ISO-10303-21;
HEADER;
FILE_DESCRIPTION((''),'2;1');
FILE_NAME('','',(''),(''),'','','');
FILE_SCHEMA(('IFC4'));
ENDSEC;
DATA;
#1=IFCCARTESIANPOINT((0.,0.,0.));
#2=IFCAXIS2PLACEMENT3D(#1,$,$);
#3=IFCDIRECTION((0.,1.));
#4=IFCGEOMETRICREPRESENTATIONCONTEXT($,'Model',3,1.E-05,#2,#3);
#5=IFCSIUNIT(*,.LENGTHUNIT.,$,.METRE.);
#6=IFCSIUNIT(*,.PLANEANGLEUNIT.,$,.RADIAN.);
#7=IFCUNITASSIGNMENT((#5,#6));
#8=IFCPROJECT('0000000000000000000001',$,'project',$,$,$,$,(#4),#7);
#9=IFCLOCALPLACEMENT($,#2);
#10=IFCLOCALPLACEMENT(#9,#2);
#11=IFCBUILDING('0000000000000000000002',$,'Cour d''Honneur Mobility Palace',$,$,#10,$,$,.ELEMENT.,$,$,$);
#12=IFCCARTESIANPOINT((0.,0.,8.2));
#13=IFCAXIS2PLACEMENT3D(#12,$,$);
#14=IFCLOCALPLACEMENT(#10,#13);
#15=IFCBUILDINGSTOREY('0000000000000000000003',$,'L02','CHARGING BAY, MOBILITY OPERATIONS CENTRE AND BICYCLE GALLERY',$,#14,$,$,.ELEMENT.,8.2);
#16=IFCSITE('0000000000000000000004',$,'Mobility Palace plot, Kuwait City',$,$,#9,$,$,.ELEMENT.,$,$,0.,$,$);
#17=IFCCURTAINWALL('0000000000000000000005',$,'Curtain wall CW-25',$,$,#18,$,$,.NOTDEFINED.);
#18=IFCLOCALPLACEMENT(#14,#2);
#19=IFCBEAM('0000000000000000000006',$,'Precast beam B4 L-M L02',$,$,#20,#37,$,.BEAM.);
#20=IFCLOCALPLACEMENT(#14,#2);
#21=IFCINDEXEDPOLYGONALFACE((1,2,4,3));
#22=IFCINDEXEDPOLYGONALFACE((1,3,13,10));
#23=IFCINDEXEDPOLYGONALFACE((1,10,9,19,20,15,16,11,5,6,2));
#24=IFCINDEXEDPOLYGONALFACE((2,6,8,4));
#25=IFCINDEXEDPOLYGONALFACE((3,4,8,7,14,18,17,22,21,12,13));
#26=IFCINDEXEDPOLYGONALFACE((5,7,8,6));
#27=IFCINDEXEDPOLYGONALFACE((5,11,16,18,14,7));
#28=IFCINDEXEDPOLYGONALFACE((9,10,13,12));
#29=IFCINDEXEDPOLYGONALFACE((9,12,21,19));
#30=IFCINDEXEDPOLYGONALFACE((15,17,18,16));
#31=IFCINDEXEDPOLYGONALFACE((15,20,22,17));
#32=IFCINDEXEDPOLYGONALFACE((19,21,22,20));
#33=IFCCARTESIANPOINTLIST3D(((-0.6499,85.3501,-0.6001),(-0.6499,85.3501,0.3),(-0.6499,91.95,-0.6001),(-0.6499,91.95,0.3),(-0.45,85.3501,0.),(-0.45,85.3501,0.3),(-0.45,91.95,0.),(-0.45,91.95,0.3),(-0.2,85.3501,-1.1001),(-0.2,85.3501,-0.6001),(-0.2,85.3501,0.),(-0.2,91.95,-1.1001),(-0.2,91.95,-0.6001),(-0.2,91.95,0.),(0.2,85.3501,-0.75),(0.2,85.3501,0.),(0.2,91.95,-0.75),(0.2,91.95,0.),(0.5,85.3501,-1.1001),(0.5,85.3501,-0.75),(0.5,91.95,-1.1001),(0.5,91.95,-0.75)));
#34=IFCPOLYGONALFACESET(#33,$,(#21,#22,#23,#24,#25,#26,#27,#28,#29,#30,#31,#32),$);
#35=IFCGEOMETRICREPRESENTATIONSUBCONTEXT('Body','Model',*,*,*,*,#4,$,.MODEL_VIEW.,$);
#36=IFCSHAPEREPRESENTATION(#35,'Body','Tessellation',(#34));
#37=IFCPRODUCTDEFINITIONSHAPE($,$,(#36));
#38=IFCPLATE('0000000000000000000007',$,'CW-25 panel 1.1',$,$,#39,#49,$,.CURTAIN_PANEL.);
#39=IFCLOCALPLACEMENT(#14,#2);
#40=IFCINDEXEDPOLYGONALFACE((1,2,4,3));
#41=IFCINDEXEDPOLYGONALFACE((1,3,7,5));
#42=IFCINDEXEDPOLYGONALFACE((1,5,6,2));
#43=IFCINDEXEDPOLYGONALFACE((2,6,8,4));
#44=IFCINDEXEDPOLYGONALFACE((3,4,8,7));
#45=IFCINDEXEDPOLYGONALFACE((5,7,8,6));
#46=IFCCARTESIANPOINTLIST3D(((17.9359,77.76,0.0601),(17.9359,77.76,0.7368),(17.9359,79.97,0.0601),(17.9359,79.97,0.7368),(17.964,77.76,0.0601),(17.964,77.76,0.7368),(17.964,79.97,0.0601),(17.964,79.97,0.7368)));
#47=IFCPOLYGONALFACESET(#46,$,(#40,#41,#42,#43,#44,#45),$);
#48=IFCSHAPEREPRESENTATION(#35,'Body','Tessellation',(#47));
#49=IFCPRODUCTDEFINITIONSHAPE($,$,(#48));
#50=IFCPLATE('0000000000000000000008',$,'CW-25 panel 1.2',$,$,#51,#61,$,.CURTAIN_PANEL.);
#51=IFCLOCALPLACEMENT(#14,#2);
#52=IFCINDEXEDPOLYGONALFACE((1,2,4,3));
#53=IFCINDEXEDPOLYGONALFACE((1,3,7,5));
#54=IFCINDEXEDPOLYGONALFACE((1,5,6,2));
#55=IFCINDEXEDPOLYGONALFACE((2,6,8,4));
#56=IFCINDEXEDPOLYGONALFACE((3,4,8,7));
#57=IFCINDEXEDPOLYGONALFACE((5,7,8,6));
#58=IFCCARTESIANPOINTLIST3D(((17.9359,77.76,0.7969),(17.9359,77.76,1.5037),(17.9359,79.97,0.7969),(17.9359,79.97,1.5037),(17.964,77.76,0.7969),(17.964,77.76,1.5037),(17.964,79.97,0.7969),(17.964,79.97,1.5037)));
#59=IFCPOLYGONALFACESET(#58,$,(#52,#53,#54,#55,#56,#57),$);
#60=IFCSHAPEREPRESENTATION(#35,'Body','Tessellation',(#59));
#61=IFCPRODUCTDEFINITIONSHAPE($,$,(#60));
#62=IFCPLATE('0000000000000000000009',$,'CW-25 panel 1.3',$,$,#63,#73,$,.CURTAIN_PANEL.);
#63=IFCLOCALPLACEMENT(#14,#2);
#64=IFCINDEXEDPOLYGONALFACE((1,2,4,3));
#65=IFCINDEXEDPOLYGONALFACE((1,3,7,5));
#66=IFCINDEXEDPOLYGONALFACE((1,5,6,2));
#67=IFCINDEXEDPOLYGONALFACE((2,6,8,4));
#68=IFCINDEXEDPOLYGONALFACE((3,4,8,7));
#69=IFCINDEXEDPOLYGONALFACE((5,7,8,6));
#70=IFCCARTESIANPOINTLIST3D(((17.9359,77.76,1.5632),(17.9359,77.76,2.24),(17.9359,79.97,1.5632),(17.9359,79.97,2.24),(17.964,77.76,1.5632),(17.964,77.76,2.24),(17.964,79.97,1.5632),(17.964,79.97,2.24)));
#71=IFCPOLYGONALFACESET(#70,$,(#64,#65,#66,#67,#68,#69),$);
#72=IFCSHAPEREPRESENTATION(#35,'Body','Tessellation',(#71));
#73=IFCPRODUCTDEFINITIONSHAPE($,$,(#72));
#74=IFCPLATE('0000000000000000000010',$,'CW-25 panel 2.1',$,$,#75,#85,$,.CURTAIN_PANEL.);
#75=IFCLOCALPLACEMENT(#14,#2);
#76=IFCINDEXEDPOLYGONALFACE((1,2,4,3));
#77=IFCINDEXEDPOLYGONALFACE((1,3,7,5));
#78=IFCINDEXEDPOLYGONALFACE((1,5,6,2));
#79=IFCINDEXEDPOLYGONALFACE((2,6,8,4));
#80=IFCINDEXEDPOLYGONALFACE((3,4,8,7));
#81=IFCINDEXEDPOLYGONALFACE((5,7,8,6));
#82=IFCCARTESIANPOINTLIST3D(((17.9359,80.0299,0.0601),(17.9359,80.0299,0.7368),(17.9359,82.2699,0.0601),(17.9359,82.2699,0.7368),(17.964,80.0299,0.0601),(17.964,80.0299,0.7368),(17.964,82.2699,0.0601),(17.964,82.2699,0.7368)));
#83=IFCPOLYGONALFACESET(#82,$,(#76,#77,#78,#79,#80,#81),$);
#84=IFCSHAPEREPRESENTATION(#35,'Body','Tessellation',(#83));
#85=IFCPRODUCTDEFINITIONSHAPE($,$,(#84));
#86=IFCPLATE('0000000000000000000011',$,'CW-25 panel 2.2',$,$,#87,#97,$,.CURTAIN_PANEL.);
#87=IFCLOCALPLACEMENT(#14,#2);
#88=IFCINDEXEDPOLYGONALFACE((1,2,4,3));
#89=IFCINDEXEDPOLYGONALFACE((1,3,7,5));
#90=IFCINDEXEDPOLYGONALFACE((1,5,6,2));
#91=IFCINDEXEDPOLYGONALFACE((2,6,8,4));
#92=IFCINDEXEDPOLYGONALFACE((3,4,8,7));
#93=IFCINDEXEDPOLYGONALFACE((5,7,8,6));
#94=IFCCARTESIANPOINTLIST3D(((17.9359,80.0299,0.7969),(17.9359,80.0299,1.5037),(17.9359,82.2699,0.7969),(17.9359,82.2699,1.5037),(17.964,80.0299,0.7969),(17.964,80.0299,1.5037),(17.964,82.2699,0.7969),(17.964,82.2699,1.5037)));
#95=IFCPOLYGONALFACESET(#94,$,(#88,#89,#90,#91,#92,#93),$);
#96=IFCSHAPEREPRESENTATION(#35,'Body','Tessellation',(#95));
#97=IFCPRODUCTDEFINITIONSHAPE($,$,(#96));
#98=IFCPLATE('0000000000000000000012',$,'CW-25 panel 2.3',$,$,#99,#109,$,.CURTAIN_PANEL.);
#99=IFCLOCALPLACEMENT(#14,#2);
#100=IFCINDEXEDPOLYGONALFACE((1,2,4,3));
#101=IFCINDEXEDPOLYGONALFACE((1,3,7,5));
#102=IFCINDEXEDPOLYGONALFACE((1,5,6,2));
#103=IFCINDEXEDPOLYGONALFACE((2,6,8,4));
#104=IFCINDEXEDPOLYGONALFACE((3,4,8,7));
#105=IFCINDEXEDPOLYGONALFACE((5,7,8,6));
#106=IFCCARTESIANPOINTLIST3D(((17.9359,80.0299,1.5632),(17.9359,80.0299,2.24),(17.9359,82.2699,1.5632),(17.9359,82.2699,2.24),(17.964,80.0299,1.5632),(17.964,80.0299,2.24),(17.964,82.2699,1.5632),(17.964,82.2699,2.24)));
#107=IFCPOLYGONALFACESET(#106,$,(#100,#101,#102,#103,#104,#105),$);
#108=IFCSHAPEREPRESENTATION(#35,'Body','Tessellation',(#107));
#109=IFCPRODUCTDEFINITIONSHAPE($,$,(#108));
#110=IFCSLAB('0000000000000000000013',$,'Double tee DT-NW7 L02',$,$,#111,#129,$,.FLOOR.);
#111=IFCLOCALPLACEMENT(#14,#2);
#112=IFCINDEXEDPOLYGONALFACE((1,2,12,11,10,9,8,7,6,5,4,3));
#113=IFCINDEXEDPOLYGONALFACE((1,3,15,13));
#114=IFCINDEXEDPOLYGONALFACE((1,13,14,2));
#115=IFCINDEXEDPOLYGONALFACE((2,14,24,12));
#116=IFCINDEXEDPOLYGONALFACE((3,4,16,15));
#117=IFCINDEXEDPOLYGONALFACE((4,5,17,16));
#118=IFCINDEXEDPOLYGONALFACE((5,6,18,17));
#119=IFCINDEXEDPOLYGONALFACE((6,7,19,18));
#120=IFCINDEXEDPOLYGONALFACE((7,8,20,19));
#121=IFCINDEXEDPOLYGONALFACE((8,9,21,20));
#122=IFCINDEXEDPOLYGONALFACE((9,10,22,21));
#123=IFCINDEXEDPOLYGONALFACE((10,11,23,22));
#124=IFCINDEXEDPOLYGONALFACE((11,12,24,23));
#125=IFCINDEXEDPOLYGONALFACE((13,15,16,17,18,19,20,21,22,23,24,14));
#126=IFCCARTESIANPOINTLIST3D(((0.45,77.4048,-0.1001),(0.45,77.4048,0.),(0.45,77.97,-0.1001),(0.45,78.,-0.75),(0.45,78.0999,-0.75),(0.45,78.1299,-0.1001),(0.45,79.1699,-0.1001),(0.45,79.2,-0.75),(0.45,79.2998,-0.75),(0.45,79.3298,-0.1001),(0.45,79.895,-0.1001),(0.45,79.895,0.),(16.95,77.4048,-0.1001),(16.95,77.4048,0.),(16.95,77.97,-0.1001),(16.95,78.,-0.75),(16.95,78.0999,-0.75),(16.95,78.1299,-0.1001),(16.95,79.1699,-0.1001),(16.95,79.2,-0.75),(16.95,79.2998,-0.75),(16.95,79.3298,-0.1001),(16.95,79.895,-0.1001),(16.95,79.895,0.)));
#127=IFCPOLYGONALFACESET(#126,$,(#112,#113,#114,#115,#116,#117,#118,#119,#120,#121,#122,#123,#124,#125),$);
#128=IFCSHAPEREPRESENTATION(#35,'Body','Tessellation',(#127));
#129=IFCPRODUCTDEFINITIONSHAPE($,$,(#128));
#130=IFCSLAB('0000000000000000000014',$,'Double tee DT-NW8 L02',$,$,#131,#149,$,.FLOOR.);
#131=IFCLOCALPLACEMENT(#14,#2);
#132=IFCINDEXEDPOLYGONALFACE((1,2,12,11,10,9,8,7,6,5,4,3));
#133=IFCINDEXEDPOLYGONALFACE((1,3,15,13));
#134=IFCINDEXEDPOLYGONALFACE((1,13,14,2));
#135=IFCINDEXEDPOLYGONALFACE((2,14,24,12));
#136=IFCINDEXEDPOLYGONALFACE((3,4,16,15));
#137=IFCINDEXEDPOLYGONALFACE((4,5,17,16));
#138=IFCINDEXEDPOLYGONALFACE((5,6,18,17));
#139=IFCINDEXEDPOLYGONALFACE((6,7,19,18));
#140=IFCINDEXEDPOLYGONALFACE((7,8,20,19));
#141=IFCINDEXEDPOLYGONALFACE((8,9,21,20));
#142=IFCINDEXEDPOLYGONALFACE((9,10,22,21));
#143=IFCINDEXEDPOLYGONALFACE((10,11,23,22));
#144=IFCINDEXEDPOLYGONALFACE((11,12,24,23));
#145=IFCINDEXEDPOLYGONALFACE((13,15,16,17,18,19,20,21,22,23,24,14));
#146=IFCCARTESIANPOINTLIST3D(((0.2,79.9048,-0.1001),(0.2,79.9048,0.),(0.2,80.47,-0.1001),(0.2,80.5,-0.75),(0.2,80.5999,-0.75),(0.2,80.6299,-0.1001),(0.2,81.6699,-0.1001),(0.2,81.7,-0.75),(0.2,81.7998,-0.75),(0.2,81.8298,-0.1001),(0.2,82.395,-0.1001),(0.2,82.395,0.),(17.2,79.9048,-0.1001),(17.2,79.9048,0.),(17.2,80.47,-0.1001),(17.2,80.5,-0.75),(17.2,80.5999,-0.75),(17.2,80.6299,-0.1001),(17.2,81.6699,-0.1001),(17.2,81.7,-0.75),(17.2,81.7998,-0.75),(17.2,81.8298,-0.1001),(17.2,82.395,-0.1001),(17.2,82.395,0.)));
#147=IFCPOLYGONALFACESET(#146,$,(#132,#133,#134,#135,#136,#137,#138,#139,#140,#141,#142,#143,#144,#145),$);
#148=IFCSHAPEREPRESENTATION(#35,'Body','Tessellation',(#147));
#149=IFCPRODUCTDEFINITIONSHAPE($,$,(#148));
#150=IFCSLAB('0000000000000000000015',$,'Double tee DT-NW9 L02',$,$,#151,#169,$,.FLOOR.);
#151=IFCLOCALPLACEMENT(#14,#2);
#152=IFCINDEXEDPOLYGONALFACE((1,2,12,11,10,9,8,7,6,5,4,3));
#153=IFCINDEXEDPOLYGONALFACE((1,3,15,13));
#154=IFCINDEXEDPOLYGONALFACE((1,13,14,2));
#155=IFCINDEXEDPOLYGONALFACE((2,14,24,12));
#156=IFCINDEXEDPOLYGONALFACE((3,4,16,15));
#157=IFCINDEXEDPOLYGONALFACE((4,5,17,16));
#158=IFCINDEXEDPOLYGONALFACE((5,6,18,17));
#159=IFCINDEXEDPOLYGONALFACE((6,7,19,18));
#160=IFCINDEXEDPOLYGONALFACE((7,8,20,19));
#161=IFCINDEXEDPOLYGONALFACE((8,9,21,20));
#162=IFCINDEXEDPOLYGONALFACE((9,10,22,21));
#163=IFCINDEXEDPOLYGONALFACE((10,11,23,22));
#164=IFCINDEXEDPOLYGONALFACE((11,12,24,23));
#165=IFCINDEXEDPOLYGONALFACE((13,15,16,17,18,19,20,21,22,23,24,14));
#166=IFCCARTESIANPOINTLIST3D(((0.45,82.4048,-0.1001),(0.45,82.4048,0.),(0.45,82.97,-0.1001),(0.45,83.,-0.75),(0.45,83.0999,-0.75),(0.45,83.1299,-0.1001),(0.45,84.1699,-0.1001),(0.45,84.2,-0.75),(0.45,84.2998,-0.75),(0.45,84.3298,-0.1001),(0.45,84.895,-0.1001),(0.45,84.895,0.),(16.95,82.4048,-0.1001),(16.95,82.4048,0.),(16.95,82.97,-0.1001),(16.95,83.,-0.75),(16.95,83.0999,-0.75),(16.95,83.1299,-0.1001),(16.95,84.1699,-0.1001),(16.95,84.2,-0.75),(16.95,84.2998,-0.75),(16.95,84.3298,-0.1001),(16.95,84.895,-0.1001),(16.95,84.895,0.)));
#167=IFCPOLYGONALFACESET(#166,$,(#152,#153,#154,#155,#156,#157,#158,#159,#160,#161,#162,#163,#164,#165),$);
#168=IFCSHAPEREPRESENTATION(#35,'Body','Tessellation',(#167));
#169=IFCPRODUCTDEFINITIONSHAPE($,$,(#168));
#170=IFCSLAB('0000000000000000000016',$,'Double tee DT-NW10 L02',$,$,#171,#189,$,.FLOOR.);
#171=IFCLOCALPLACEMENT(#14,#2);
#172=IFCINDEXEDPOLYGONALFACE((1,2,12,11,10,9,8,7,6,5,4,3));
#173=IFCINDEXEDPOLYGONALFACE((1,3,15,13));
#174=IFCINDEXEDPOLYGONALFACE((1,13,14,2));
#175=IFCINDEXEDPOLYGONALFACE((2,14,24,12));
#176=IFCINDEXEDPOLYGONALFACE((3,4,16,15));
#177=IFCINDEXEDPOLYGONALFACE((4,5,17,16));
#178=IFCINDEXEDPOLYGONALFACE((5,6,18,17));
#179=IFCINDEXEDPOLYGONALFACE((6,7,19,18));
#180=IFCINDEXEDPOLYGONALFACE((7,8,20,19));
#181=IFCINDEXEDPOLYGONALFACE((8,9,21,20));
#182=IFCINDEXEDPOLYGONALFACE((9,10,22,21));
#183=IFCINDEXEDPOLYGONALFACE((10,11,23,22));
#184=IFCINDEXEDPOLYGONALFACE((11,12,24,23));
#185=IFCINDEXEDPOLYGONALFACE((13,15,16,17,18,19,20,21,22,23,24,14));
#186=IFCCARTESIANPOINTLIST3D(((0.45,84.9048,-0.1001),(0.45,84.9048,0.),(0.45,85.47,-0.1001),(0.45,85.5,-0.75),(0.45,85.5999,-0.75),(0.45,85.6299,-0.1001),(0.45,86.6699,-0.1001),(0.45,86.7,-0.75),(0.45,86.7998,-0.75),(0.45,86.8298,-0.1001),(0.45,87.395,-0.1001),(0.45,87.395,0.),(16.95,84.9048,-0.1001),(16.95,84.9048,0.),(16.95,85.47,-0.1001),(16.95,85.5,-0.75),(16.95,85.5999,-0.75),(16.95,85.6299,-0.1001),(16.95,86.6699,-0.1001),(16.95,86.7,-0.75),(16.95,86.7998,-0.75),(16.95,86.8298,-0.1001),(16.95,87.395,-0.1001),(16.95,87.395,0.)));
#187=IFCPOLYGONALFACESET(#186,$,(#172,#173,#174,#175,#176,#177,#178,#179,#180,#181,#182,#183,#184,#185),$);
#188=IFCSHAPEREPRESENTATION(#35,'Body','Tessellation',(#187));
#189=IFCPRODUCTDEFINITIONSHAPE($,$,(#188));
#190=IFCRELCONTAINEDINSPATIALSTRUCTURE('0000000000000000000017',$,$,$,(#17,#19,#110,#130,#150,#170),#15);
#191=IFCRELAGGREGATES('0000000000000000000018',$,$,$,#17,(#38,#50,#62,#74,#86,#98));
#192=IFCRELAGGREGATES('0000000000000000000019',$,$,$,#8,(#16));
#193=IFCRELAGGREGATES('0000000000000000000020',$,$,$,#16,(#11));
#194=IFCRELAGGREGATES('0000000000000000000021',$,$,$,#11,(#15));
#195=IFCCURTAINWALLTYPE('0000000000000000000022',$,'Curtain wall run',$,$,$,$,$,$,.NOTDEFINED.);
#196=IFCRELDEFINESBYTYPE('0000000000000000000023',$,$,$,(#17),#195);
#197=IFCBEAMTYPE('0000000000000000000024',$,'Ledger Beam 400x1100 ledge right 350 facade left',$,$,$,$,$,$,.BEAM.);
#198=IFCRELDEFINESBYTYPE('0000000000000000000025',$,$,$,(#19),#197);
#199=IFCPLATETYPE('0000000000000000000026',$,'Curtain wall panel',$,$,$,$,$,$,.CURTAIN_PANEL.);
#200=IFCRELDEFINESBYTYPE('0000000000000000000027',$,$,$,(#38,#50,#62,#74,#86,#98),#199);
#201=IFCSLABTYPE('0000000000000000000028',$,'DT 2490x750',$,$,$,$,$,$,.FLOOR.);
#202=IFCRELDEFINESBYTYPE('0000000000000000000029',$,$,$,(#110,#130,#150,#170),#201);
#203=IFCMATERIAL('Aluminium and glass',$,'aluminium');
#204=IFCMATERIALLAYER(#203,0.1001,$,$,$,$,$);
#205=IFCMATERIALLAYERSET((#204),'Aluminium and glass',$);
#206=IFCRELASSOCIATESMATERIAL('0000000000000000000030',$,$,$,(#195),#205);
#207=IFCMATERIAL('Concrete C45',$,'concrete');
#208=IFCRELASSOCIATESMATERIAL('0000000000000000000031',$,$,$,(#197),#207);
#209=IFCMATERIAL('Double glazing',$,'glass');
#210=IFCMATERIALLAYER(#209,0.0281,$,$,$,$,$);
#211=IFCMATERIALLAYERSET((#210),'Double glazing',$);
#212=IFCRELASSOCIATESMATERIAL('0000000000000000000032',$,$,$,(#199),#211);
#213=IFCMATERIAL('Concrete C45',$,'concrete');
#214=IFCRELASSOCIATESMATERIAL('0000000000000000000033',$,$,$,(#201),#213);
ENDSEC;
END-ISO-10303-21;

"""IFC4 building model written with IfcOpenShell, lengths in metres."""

from ifc_helpers import new_model, si_unit, direction, frame, origin, origin_2d, place, context, subcontext, project, spatial, polyline, rectangle, outline, extrude, material, layer, layer_set, material_profile, profile_set, type_object, element, aggregate, save


model = new_model("IFC4")

# Units and contexts
model_context = context("Model", 3, precision=1e-05, world=origin(), true_north=direction((0.0, 1.0)))
body_context = subcontext(model_context, "Body", "Model", "MODEL_VIEW")
ifc_project = project(units=[si_unit("LENGTHUNIT", "METRE"), si_unit("PLANEANGLEUNIT", "RADIAN")], contexts=[model_context])

# Site, building, storey
site_placement = place(None, origin())
site = spatial("IfcSite", under=ifc_project, at=site_placement, Name="Mobility Palace plot, Kuwait City", CompositionType="ELEMENT", RefElevation=0.0)
building_placement = place(site_placement, origin())
building = spatial("IfcBuilding", under=site, at=building_placement, Name="Cour d'Honneur Mobility Palace", CompositionType="ELEMENT")
storey_placement = place(building_placement, frame((0.0, 0.0, 8.2)))
storey = spatial("IfcBuildingStorey", under=building, at=storey_placement, Name="L02", Description="CHARGING BAY, MOBILITY OPERATIONS CENTRE AND BICYCLE GALLERY", CompositionType="ELEMENT", Elevation=8.2)

# Curtain wall
ifc_material_1 = material(Name="Aluminium and glass", Category="aluminium")
ifc_layer_1 = layer(ifc_material_1, 0.1001)
ifc_layer_set_1 = layer_set([ifc_layer_1], Name="Aluminium and glass")
curtain_wall_type = type_object("IfcCurtainWallType", Name="Curtain wall run", PredefinedType="NOTDEFINED", material=ifc_layer_set_1)
curtain_wall_placement = place(storey_placement, origin())
curtain_wall = element("IfcCurtainWall", 1, at=curtain_wall_placement, inside=storey, type_object=curtain_wall_type, Name="Curtain wall CW-25", PredefinedType="NOTDEFINED")

# Beam
ifc_material_2 = material(Name="Concrete C45", Category="concrete")
ifc_material_profile_1 = material_profile(ifc_material_2, outline(polyline([(0.2, -1.1001), (0.2, -0.6001), (0.6499, -0.6001), (0.6499, 0.3), (0.45, 0.3), (0.45, 0.0), (0.2, 0.0), (-0.2, 0.0), (-0.2, -0.75), (-0.5, -0.75), (-0.5, -1.1001), (0.2, -1.1001)])), Name="Ledger Beam 400x1100 ledge right 350 facade left")
ifc_profile_set_1 = profile_set([ifc_material_profile_1], Name="Concrete C45")
beam_type_1 = type_object("IfcBeamType", Name="Ledger Beam 400x1100 ledge right 350 facade left", PredefinedType="BEAM", material=ifc_profile_set_1)
beam_placement = place(storey_placement, frame((0.0, 85.3501, 0.0), z_axis=(0.0, 1.0, 0.0), x_axis=(-1.0, 0.0, 0.0)))
element("IfcBeam", 2, at=beam_placement, inside=storey, type_object=beam_type_1, Name="Precast beam B4 L-M L02", PredefinedType="BEAM", context=body_context, shape_type="SweptSolid", body=[
    extrude(outline(polyline([(0.2, -1.1001), (0.2, -0.6001), (0.6499, -0.6001), (0.6499, 0.3), (0.45, 0.3), (0.45, 0.0), (0.2, 0.0), (-0.2, 0.0), (-0.2, -0.75), (-0.5, -0.75), (-0.5, -1.1001), (0.2, -1.1001)])), origin(), (0.0, 0.0, 1.0), 6.5999),
])

# Plates
ifc_material_3 = material(Name="Double glazing", Category="glass")
ifc_layer_2 = layer(ifc_material_3, 0.0281)
ifc_layer_set_2 = layer_set([ifc_layer_2], Name="Double glazing")
plate_type = type_object("IfcPlateType", Name="Curtain wall panel", PredefinedType="CURTAIN_PANEL", material=ifc_layer_set_2)
plate_1_placement = place(storey_placement, frame((17.95, 78.865, 0.0601), z_axis=(0.0, 0.0, 1.0), x_axis=(0.0, 1.0, 0.0)))
plate_1 = element("IfcPlate", 3, at=plate_1_placement, type_object=plate_type, Name="CW-25 panel 1.1", PredefinedType="CURTAIN_PANEL", context=body_context, shape_type="SweptSolid", body=[
    extrude(rectangle(XDim=2.21, YDim=0.0281, at=origin_2d()), origin(), (0.0, 0.0, 1.0), 0.6768),
])
plate_2_placement = place(storey_placement, frame((17.95, 78.865, 0.7969), z_axis=(0.0, 0.0, 1.0), x_axis=(0.0, 1.0, 0.0)))
plate_2 = element("IfcPlate", 4, at=plate_2_placement, type_object=plate_type, Name="CW-25 panel 1.2", PredefinedType="CURTAIN_PANEL", context=body_context, shape_type="SweptSolid", body=[
    extrude(rectangle(XDim=2.21, YDim=0.0281, at=origin_2d()), origin(), (0.0, 0.0, 1.0), 0.7068),
])
plate_3_placement = place(storey_placement, frame((17.95, 78.865, 1.5632), z_axis=(0.0, 0.0, 1.0), x_axis=(0.0, 1.0, 0.0)))
plate_3 = element("IfcPlate", 5, at=plate_3_placement, type_object=plate_type, Name="CW-25 panel 1.3", PredefinedType="CURTAIN_PANEL", context=body_context, shape_type="SweptSolid", body=[
    extrude(rectangle(XDim=2.21, YDim=0.0281, at=origin_2d()), origin(), (0.0, 0.0, 1.0), 0.6768),
])
plate_4_placement = place(storey_placement, frame((17.95, 81.1499, 0.0601), z_axis=(0.0, 0.0, 1.0), x_axis=(0.0, 1.0, 0.0)))
plate_4 = element("IfcPlate", 6, at=plate_4_placement, type_object=plate_type, Name="CW-25 panel 2.1", PredefinedType="CURTAIN_PANEL", context=body_context, shape_type="SweptSolid", body=[
    extrude(rectangle(XDim=2.24, YDim=0.0281, at=origin_2d()), origin(), (0.0, 0.0, 1.0), 0.6768),
])
plate_5_placement = place(storey_placement, frame((17.95, 81.1499, 0.7969), z_axis=(0.0, 0.0, 1.0), x_axis=(0.0, 1.0, 0.0)))
plate_5 = element("IfcPlate", 7, at=plate_5_placement, type_object=plate_type, Name="CW-25 panel 2.2", PredefinedType="CURTAIN_PANEL", context=body_context, shape_type="SweptSolid", body=[
    extrude(rectangle(XDim=2.24, YDim=0.0281, at=origin_2d()), origin(), (0.0, 0.0, 1.0), 0.7068),
])
plate_6_placement = place(storey_placement, frame((17.95, 81.1499, 1.5632), z_axis=(0.0, 0.0, 1.0), x_axis=(0.0, 1.0, 0.0)))
plate_6 = element("IfcPlate", 8, at=plate_6_placement, type_object=plate_type, Name="CW-25 panel 2.3", PredefinedType="CURTAIN_PANEL", context=body_context, shape_type="SweptSolid", body=[
    extrude(rectangle(XDim=2.24, YDim=0.0281, at=origin_2d()), origin(), (0.0, 0.0, 1.0), 0.6768),
])
aggregate(curtain_wall, [plate_1, plate_2, plate_3, plate_4, plate_5, plate_6])

# Slabs
ifc_material_4 = material(Name="Concrete C45", Category="concrete")
ifc_material_profile_2 = material_profile(ifc_material_4, outline(polyline([(-1.2451, 0.0), (1.2451, 0.0), (1.2451, -0.1001), (0.6799, -0.1001), (0.6499, -0.75), (0.55, -0.75), (0.52, -0.1001), (-0.52, -0.1001), (-0.55, -0.75), (-0.6499, -0.75), (-0.6799, -0.1001), (-1.2451, -0.1001), (-1.2451, 0.0)])), Name="DT 2490x750")
ifc_profile_set_2 = profile_set([ifc_material_profile_2], Name="Concrete C45")
slab_type = type_object("IfcSlabType", Name="DT 2490x750", PredefinedType="FLOOR", material=ifc_profile_set_2)
slab_1_placement = place(storey_placement, frame((0.45, 78.6499, 0.0), z_axis=(1.0, 0.0, 0.0), x_axis=(0.0, 1.0, 0.0)))
element("IfcSlab", 9, at=slab_1_placement, inside=storey, type_object=slab_type, Name="Double tee DT-NW7 L02", PredefinedType="FLOOR", context=body_context, shape_type="SweptSolid", body=[
    extrude(outline(polyline([(-1.2451, 0.0), (1.2451, 0.0), (1.2451, -0.1001), (0.6799, -0.1001), (0.6499, -0.75), (0.55, -0.75), (0.52, -0.1001), (-0.52, -0.1001), (-0.55, -0.75), (-0.6499, -0.75), (-0.6799, -0.1001), (-1.2451, -0.1001), (-1.2451, 0.0)])), origin(), (0.0, 0.0, 1.0), 16.5),
])
slab_2_placement = place(storey_placement, frame((0.2, 81.1499, 0.0), z_axis=(1.0, 0.0, 0.0), x_axis=(0.0, 1.0, 0.0)))
element("IfcSlab", 10, at=slab_2_placement, inside=storey, type_object=slab_type, Name="Double tee DT-NW8 L02", PredefinedType="FLOOR", context=body_context, shape_type="SweptSolid", body=[
    extrude(outline(polyline([(-1.2451, 0.0), (1.2451, 0.0), (1.2451, -0.1001), (0.6799, -0.1001), (0.6499, -0.75), (0.55, -0.75), (0.52, -0.1001), (-0.52, -0.1001), (-0.55, -0.75), (-0.6499, -0.75), (-0.6799, -0.1001), (-1.2451, -0.1001), (-1.2451, 0.0)])), origin(), (0.0, 0.0, 1.0), 17.0),
])
for number, where, z_axis, x_axis, name in (
    (11, (0.45, 83.6499, 0.0), (1.0, 0.0, 0.0), (0.0, 1.0, 0.0), "Double tee DT-NW9 L02"),
    (12, (0.45, 86.1499, 0.0), (1.0, 0.0, 0.0), (0.0, 1.0, 0.0), "Double tee DT-NW10 L02"),
):
    element("IfcSlab", number, at=place(storey_placement, frame(where, z_axis=z_axis, x_axis=x_axis)), inside=storey, type_object=slab_type, Name=name, PredefinedType="FLOOR", context=body_context, shape_type="SweptSolid", body=[
        extrude(outline(polyline([(-1.2451, 0.0), (1.2451, 0.0), (1.2451, -0.1001), (0.6799, -0.1001), (0.6499, -0.75), (0.55, -0.75), (0.52, -0.1001), (-0.52, -0.1001), (-0.55, -0.75), (-0.6499, -0.75), (-0.6799, -0.1001), (-1.2451, -0.1001), (-1.2451, 0.0)])), origin(), (0.0, 0.0, 1.0), 16.5),
    ])

save(model, "model.ifc")
